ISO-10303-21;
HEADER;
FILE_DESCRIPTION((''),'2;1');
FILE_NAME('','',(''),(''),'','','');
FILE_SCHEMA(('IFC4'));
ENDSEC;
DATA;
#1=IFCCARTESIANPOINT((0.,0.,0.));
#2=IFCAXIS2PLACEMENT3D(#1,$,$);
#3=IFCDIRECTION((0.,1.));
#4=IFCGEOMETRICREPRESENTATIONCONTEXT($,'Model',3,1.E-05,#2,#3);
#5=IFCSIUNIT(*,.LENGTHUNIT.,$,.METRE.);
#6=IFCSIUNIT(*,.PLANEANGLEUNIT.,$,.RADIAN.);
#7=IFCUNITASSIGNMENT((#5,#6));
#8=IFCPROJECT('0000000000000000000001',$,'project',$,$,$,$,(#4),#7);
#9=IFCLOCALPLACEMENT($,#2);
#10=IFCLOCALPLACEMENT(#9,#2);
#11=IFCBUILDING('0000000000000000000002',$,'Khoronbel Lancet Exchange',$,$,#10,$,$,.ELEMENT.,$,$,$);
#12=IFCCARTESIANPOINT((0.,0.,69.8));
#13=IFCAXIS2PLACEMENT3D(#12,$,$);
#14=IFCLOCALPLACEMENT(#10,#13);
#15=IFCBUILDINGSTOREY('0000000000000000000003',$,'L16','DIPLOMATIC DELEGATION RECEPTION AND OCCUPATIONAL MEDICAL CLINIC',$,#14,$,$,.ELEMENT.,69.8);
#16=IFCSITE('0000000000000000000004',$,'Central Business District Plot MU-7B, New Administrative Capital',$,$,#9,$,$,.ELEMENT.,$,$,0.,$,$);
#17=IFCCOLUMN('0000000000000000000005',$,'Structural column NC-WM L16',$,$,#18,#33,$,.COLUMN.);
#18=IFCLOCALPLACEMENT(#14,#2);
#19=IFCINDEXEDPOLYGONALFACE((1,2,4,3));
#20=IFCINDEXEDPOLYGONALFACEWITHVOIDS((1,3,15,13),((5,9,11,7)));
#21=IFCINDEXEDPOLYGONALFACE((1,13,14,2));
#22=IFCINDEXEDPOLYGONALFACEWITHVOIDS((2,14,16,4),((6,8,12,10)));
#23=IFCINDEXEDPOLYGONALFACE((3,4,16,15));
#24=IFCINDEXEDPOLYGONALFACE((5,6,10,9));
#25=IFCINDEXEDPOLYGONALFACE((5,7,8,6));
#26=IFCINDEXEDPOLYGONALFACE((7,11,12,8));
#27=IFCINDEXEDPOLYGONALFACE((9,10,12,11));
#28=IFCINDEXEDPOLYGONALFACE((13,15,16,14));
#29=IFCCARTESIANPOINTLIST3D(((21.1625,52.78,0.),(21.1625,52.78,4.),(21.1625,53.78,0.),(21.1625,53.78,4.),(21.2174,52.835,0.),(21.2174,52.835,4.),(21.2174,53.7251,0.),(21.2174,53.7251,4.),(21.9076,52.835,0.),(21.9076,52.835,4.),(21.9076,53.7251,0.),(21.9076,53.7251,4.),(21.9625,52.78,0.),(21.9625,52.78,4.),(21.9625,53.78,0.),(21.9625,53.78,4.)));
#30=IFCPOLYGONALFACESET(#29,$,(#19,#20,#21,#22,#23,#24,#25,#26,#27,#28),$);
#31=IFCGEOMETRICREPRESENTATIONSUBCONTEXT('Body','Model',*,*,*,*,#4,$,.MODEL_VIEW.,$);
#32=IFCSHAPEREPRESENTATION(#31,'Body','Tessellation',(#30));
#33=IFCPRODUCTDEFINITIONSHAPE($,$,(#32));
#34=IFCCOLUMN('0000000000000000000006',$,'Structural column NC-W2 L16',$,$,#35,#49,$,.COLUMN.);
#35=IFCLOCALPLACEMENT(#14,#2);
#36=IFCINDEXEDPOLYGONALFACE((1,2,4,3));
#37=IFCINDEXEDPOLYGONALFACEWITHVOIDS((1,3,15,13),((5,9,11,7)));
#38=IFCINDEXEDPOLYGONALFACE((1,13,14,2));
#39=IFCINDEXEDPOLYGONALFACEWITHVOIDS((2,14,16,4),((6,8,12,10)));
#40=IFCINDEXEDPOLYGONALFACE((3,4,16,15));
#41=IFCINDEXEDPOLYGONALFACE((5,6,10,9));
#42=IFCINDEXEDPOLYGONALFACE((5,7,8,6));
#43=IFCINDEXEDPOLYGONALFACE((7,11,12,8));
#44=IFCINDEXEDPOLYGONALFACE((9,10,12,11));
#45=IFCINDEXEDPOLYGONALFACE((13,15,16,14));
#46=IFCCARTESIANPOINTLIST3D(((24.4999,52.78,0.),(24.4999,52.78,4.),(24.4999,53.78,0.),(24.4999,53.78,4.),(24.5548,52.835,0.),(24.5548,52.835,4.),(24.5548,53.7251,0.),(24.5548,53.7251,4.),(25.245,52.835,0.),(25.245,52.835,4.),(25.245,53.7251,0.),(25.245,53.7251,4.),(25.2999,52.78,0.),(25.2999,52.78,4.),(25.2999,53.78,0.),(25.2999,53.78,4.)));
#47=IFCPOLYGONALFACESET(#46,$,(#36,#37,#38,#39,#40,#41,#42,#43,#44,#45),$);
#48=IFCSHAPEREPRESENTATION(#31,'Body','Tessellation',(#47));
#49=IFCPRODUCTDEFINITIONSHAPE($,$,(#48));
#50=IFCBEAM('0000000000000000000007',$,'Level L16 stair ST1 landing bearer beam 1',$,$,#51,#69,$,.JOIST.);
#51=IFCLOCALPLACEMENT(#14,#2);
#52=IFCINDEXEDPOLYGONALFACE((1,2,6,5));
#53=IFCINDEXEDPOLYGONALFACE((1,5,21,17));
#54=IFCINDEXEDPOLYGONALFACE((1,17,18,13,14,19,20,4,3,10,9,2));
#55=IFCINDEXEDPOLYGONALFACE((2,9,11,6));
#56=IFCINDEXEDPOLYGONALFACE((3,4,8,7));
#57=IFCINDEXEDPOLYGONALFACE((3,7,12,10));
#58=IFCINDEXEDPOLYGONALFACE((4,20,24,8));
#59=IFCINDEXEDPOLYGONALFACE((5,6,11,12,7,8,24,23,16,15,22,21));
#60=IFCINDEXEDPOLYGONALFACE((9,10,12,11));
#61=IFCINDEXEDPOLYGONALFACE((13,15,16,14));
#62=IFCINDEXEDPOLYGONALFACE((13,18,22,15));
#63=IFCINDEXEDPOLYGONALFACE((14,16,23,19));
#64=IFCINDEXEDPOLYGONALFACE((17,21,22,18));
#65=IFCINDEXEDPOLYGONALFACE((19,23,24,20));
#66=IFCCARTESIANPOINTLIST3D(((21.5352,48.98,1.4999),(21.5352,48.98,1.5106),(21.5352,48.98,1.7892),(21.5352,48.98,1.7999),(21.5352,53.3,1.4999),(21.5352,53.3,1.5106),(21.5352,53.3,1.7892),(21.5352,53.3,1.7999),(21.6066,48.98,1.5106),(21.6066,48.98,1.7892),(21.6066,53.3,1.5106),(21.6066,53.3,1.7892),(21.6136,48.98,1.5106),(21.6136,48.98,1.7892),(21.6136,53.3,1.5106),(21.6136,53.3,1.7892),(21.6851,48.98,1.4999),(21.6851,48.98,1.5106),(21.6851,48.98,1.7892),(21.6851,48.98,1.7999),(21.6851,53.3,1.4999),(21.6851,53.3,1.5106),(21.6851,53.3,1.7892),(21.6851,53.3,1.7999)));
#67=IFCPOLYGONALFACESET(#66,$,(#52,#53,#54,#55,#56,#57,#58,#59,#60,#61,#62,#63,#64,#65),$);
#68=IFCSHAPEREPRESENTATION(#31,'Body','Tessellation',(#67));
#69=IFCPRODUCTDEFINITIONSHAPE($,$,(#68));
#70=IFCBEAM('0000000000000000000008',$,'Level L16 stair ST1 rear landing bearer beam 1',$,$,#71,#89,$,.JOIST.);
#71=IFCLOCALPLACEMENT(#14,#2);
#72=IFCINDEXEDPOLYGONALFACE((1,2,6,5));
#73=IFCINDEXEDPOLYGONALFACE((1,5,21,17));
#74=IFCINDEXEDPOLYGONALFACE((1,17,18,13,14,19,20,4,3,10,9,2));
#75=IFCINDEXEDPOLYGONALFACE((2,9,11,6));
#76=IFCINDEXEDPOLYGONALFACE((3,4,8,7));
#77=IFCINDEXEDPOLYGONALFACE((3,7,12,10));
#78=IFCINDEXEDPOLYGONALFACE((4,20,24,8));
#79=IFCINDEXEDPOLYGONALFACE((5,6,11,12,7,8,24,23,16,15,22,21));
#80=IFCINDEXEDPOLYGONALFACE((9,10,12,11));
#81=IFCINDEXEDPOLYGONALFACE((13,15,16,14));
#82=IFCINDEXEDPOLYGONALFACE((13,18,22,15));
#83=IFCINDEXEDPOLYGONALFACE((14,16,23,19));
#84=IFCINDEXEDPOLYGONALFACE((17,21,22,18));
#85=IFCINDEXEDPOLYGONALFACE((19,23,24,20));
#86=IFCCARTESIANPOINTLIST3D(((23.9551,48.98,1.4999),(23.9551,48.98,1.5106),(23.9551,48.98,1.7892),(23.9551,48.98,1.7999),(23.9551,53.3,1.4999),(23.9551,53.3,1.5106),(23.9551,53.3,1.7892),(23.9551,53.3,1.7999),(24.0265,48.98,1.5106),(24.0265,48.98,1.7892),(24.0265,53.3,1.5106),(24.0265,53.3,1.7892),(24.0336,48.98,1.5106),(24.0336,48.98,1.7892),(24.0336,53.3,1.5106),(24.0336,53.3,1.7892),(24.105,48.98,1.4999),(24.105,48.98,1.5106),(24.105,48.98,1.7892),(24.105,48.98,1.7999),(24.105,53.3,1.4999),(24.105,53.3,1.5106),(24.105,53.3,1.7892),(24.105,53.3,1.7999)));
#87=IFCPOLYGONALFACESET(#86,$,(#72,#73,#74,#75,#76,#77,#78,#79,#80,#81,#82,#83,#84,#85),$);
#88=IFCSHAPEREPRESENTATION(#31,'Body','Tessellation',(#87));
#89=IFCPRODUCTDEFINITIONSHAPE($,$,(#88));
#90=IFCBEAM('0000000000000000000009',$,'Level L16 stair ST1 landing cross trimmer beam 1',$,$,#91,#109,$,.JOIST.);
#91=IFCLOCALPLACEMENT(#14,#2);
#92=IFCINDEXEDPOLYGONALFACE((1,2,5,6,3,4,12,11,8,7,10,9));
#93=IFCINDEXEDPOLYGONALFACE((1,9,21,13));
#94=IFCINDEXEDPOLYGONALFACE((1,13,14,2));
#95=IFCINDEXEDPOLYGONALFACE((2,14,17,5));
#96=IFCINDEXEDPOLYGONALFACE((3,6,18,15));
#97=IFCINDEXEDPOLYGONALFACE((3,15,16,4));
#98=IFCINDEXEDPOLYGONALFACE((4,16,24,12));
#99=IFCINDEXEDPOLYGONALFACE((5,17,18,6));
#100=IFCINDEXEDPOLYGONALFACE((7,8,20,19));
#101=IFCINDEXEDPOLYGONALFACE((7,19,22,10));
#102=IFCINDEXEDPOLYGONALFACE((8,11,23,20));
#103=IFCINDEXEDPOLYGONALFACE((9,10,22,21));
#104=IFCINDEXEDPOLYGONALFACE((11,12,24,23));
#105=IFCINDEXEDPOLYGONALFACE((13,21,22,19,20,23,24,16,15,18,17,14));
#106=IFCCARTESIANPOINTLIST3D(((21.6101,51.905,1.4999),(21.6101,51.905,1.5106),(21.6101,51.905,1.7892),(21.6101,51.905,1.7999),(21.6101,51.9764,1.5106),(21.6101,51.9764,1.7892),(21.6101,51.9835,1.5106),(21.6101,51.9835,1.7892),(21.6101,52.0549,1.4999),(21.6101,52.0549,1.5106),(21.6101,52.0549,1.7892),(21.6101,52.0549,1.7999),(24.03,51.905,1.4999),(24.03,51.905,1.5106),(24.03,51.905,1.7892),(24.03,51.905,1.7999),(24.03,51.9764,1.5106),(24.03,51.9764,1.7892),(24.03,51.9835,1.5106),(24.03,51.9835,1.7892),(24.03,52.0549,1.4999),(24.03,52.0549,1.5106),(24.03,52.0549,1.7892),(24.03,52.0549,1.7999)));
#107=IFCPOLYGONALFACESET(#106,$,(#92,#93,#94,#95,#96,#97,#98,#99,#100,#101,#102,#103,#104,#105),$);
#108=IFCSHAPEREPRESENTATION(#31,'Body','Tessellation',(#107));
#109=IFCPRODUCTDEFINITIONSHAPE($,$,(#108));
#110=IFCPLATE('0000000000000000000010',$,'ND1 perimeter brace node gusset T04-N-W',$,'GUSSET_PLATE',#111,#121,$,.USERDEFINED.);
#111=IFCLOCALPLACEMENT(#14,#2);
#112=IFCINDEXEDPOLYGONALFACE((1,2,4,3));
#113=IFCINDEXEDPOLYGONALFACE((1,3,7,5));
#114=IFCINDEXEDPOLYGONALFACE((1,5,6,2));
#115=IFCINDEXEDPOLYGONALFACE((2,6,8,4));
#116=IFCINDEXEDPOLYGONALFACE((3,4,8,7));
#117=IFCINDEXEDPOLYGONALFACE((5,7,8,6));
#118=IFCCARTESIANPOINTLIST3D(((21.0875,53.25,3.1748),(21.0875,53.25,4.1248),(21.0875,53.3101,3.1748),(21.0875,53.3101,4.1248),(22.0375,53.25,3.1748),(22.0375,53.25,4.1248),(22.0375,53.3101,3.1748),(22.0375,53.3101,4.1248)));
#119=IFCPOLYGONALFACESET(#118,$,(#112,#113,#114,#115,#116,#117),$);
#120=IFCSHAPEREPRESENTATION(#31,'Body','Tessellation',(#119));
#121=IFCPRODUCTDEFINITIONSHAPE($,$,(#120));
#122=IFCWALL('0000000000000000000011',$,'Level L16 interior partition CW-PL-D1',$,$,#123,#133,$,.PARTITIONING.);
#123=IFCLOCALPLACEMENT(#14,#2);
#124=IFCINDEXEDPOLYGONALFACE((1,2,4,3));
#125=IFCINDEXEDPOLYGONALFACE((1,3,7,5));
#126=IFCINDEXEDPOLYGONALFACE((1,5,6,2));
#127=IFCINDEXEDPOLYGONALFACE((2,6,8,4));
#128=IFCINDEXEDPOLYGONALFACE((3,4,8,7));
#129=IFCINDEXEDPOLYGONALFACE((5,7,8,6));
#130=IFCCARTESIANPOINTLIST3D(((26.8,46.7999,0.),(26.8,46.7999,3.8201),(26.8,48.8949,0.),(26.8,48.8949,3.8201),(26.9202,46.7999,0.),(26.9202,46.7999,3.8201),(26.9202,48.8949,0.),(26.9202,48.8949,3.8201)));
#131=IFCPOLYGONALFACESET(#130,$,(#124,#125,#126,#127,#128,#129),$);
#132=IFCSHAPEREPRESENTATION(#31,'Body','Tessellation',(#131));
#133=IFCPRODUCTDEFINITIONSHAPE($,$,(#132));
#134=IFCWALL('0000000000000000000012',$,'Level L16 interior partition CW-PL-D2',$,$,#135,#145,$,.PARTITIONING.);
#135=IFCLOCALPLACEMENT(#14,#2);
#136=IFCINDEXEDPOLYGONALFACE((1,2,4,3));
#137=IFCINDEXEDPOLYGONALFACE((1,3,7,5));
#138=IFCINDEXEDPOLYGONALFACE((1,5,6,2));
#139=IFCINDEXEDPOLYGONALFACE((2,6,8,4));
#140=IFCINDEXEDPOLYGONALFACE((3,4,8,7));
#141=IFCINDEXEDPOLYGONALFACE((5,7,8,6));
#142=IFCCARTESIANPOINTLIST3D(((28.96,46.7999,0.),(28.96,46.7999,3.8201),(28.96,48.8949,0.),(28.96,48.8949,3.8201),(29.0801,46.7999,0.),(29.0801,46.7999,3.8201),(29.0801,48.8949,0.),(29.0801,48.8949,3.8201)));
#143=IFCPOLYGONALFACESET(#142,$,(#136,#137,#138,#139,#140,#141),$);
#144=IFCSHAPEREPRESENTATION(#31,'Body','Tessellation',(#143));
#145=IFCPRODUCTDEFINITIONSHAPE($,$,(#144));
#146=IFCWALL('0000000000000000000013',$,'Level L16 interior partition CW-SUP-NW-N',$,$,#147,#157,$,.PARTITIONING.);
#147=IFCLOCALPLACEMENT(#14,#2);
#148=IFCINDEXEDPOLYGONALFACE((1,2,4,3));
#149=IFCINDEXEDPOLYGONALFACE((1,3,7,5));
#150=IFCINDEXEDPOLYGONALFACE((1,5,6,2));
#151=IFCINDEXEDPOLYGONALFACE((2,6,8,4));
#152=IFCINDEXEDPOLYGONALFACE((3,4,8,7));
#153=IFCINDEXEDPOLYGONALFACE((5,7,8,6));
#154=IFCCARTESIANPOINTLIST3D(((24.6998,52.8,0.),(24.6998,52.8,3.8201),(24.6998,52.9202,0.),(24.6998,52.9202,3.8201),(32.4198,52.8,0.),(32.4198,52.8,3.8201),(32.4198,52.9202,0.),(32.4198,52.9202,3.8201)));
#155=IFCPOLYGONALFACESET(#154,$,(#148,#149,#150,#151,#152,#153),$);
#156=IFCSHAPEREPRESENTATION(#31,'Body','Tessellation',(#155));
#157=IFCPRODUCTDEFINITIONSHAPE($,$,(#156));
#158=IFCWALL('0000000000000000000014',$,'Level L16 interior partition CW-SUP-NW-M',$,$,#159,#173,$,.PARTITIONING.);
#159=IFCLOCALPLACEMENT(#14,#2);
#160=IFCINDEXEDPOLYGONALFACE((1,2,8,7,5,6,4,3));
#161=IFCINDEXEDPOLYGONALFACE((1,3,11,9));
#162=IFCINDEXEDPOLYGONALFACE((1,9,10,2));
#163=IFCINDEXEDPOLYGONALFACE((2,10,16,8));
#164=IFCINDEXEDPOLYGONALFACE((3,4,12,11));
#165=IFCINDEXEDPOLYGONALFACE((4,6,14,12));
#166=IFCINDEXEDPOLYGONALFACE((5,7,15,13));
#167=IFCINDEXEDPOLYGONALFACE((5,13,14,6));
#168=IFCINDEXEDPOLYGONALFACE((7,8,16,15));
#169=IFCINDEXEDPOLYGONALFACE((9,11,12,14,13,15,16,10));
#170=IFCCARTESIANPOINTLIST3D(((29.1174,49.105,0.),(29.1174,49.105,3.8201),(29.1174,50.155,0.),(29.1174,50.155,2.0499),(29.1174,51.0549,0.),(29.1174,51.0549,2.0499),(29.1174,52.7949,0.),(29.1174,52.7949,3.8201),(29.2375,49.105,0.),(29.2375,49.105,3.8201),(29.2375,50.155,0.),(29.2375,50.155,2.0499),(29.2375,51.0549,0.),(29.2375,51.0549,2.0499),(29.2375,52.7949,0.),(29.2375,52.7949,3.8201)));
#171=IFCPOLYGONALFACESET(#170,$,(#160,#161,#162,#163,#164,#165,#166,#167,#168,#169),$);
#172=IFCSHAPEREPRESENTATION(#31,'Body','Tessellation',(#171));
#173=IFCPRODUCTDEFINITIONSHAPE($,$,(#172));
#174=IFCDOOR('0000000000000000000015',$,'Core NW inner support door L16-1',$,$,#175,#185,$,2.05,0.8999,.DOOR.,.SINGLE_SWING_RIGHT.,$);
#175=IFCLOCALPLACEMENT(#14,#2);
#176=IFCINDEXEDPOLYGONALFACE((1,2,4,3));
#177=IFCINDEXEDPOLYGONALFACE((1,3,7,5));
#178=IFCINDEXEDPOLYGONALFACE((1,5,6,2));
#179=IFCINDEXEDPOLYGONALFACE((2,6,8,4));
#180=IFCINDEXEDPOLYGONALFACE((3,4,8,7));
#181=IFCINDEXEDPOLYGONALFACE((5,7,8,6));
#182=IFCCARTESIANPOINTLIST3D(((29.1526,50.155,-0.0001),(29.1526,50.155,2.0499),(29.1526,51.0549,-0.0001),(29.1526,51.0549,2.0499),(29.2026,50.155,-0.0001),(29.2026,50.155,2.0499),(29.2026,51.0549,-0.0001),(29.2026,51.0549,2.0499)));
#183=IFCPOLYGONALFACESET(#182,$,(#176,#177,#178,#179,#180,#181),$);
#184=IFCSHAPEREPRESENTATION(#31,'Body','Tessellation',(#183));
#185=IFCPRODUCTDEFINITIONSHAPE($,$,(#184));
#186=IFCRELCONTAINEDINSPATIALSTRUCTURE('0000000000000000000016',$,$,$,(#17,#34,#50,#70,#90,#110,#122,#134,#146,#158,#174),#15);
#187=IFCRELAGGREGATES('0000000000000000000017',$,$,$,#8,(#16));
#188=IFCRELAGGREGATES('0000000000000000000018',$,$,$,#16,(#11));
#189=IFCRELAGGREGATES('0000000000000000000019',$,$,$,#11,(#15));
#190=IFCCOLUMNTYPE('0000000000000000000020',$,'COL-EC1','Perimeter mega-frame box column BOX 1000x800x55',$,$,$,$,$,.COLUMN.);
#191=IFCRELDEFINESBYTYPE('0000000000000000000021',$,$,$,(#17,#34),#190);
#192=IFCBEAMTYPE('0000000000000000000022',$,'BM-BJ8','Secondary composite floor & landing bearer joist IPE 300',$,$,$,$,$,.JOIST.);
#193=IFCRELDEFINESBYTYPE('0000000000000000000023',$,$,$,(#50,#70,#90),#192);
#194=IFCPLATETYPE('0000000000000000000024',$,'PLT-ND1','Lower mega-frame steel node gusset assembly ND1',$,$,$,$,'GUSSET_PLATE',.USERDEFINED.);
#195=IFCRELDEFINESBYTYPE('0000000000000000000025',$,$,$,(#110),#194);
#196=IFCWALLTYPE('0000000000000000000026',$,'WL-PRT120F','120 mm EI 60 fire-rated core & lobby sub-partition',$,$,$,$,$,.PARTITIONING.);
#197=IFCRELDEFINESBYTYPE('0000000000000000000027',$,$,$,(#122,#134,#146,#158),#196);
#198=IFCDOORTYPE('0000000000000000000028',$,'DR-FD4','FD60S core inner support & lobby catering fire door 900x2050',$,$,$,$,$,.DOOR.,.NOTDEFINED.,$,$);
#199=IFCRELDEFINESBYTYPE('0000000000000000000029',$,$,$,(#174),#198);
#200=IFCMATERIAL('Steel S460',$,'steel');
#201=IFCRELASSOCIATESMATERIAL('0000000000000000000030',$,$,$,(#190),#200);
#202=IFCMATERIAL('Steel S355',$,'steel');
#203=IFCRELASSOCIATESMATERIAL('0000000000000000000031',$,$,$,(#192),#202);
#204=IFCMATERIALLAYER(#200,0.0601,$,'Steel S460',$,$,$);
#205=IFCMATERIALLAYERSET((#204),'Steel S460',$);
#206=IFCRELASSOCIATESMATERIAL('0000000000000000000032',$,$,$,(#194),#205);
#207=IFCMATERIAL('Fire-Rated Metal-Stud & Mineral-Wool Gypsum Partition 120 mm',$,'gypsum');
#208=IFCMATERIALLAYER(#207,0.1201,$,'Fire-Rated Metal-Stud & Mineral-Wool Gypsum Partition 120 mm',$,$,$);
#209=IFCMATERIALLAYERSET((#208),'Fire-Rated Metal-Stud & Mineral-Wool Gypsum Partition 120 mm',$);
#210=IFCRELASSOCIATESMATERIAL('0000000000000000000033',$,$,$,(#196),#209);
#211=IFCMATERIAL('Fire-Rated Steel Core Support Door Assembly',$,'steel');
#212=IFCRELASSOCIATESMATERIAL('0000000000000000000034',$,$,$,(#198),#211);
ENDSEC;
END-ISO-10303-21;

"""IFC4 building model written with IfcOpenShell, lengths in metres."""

from ifc_helpers import new_model, si_unit, direction, frame, frame_2d, origin, origin_2d, place, context, subcontext, project, spatial, rectangle, hollow_rectangle, i_section, extrude, material, layer, layer_set, material_profile, profile_set, type_object, element, fill, save


model = new_model("IFC4")

# Units and contexts
model_context = context("Model", 3, precision=1e-05, world=origin(), true_north=direction((0.0, 1.0)))
body_context = subcontext(model_context, "Body", "Model", "MODEL_VIEW")
ifc_project = project(units=[si_unit("LENGTHUNIT", "METRE"), si_unit("PLANEANGLEUNIT", "RADIAN")], contexts=[model_context])

# Site, building, storey
site_placement = place(None, origin())
site = spatial("IfcSite", under=ifc_project, at=site_placement, Name="Central Business District Plot MU-7B, New Administrative Capital", CompositionType="ELEMENT", RefElevation=0.0)
building_placement = place(site_placement, origin())
building = spatial("IfcBuilding", under=site, at=building_placement, Name="Khoronbel Lancet Exchange", CompositionType="ELEMENT")
storey_placement = place(building_placement, frame((0.0, 0.0, 69.8)))
storey = spatial("IfcBuildingStorey", under=building, at=storey_placement, Name="L16", Description="DIPLOMATIC DELEGATION RECEPTION AND OCCUPATIONAL MEDICAL CLINIC", CompositionType="ELEMENT", Elevation=69.8)

# Columns
ifc_material_1 = material(Name="Steel S460", Category="steel")
ifc_material_profile_1 = material_profile(ifc_material_1, hollow_rectangle(XDim=0.8, YDim=1.0, WallThickness=0.0549, at=origin_2d()), Name="BOX 1000x800x55")
ifc_profile_set_1 = profile_set([ifc_material_profile_1], Name="Steel S460")
column_type = type_object("IfcColumnType", Name="COL-EC1", Description="Perimeter mega-frame box column BOX 1000x800x55", PredefinedType="COLUMN", material=ifc_profile_set_1)
for number, where, z_axis, x_axis, name in (
    (1, (21.5625, 53.28, 0.0), (0.0, 0.0, 1.0), (1.0, 0.0, 0.0), "Structural column NC-WM L16"),
    (2, (24.8999, 53.28, 0.0), (0.0, 0.0, 1.0), (1.0, 0.0, 0.0), "Structural column NC-W2 L16"),
):
    element("IfcColumn", number, at=place(storey_placement, frame(where, z_axis=z_axis, x_axis=x_axis)), inside=storey, type_object=column_type, Name=name, PredefinedType="COLUMN", context=body_context, shape_type="SweptSolid", body=[
        extrude(hollow_rectangle(XDim=0.8, YDim=1.0, WallThickness=0.0549, at=origin_2d()), origin(), (0.0, 0.0, 1.0), 4.0),
    ])

# Beams
ifc_material_2 = material(Name="Steel S355", Category="steel")
ifc_material_profile_2 = material_profile(ifc_material_2, i_section(OverallWidth=0.1499, OverallDepth=0.3, WebThickness=0.0071, FlangeThickness=0.0107, at=origin_2d()), Name="IPE 300")
ifc_profile_set_2 = profile_set([ifc_material_profile_2], Name="Steel S355")
beam_type = type_object("IfcBeamType", Name="BM-BJ8", Description="Secondary composite floor & landing bearer joist IPE 300", PredefinedType="JOIST", material=ifc_profile_set_2)
for number, where, z_axis, x_axis, name in (
    (3, (21.6101, 48.98, 1.6499), (0.0, 1.0, 0.0), (-1.0, 0.0, 0.0), "Level L16 stair ST1 landing bearer beam 1"),
    (4, (24.03, 48.98, 1.6499), (0.0, 1.0, 0.0), (-1.0, 0.0, 0.0), "Level L16 stair ST1 rear landing bearer beam 1"),
):
    element("IfcBeam", number, at=place(storey_placement, frame(where, z_axis=z_axis, x_axis=x_axis)), inside=storey, type_object=beam_type, Name=name, PredefinedType="JOIST", context=body_context, shape_type="SweptSolid", body=[
        extrude(i_section(OverallWidth=0.1499, OverallDepth=0.3, WebThickness=0.0071, FlangeThickness=0.0107, at=origin_2d()), origin(), (0.0, 0.0, 1.0), 4.3201),
    ])
beam_placement = place(storey_placement, frame((21.6101, 51.98, 1.6499), z_axis=(1.0, 0.0, 0.0), x_axis=(0.0, 1.0, 0.0)))
element("IfcBeam", 5, at=beam_placement, inside=storey, type_object=beam_type, Name="Level L16 stair ST1 landing cross trimmer beam 1", PredefinedType="JOIST", context=body_context, shape_type="SweptSolid", body=[
    extrude(i_section(OverallWidth=0.1499, OverallDepth=0.3, WebThickness=0.0071, FlangeThickness=0.0107, at=origin_2d()), origin(), (0.0, 0.0, 1.0), 2.4199),
])

# Plate
ifc_layer_1 = layer(ifc_material_1, 0.0601, Name="Steel S460")
ifc_layer_set_1 = layer_set([ifc_layer_1], Name="Steel S460")
plate_type = type_object("IfcPlateType", Name="PLT-ND1", Description="Lower mega-frame steel node gusset assembly ND1", ElementType="GUSSET_PLATE", PredefinedType="USERDEFINED", material=ifc_layer_set_1)
plate_placement = place(storey_placement, frame((21.5625, 53.28, 3.1748), z_axis=(0.0, 0.0, 1.0), x_axis=(1.0, 0.0, 0.0)))
element("IfcPlate", 6, at=plate_placement, inside=storey, type_object=plate_type, Name="ND1 perimeter brace node gusset T04-N-W", ObjectType="GUSSET_PLATE", PredefinedType="USERDEFINED", context=body_context, shape_type="SweptSolid", body=[
    extrude(rectangle(XDim=0.95, YDim=0.0601, at=origin_2d()), origin(), (0.0, 0.0, 1.0), 0.95),
])

# Walls
ifc_material_3 = material(Name="Fire-Rated Metal-Stud & Mineral-Wool Gypsum Partition 120 mm", Category="gypsum")
ifc_layer_2 = layer(ifc_material_3, 0.1201, Name="Fire-Rated Metal-Stud & Mineral-Wool Gypsum Partition 120 mm")
ifc_layer_set_2 = layer_set([ifc_layer_2], Name="Fire-Rated Metal-Stud & Mineral-Wool Gypsum Partition 120 mm")
wall_type_1 = type_object("IfcWallType", Name="WL-PRT120F", Description="120 mm EI 60 fire-rated core & lobby sub-partition", PredefinedType="PARTITIONING", material=ifc_layer_set_2)
for number, where, z_axis, x_axis, name in (
    (7, (26.8601, 46.8, 0.0), (0.0, 0.0, 1.0), (0.0, 1.0, 0.0), "Level L16 interior partition CW-PL-D1"),
    (8, (29.02, 46.8, 0.0), (0.0, 0.0, 1.0), (0.0, 1.0, 0.0), "Level L16 interior partition CW-PL-D2"),
):
    element("IfcWall", number, at=place(storey_placement, frame(where, z_axis=z_axis, x_axis=x_axis)), inside=storey, type_object=wall_type_1, Name=name, PredefinedType="PARTITIONING", context=body_context, shape_type="SweptSolid", body=[
        extrude(rectangle(XDim=2.095, YDim=0.1201, at=frame_2d((1.0474, 0.0))), origin(), (0.0, 0.0, 1.0), 3.8201),
    ])
wall_1_placement = place(storey_placement, frame((24.7, 52.8601, 0.0), z_axis=(0.0, 0.0, 1.0), x_axis=(1.0, 0.0, 0.0)))
element("IfcWall", 9, at=wall_1_placement, inside=storey, type_object=wall_type_1, Name="Level L16 interior partition CW-SUP-NW-N", PredefinedType="PARTITIONING", context=body_context, shape_type="SweptSolid", body=[
    extrude(rectangle(XDim=7.72, YDim=0.1201, at=frame_2d((3.8599, 0.0))), origin(), (0.0, 0.0, 1.0), 3.8201),
])

# Wall, opening, door
wall_2_placement = place(storey_placement, frame((29.1775, 49.105, 0.0), z_axis=(0.0, 0.0, 1.0), x_axis=(0.0, 1.0, 0.0)))
wall_2 = element("IfcWall", 10, at=wall_2_placement, inside=storey, type_object=wall_type_1, Name="Level L16 interior partition CW-SUP-NW-M", PredefinedType="PARTITIONING", context=body_context, shape_type="SweptSolid", body=[
    extrude(rectangle(XDim=3.6899, YDim=0.1201, at=frame_2d((1.845, 0.0))), origin(), (0.0, 0.0, 1.0), 3.8201),
])
opening_1_placement = place(wall_2_placement, frame((1.05, 0.0, 0.0)))
opening_1 = element("IfcOpeningElement", 11, at=opening_1_placement, cuts=wall_2, PredefinedType="OPENING", context=body_context, shape_type="SweptSolid", body=[
    extrude(rectangle(XDim=0.8999, YDim=2.05, at=frame_2d((0.45, 1.0249))), frame((0.0, 0.0701, 0.0), z_axis=(0.0, -1.0, 0.0), x_axis=(1.0, 0.0, 0.0)), (0.0, 0.0, 1.0), 0.1401),
])
ifc_material_4 = material(Name="Fire-Rated Steel Core Support Door Assembly", Category="steel")
door_type_1 = type_object("IfcDoorType", Name="DR-FD4", Description="FD60S core inner support & lobby catering fire door 900x2050", OperationType="NOTDEFINED", PredefinedType="DOOR", material=ifc_material_4)
door_1_placement = place(opening_1_placement, origin())
door_1 = element("IfcDoor", 12, at=door_1_placement, inside=storey, type_object=door_type_1, Name="Core NW inner support door L16-1", OperationType="SINGLE_SWING_RIGHT", OverallHeight=2.05, OverallWidth=0.8999, PredefinedType="DOOR", context=body_context, shape_type="SweptSolid", body=[
    extrude(rectangle(XDim=0.8999, YDim=2.05, at=frame_2d((0.45, 1.0249))), frame((0.0, 0.0249, 0.0), z_axis=(0.0, -1.0, 0.0), x_axis=(1.0, 0.0, 0.0)), (0.0, 0.0, 1.0), 0.05),
])
fill(opening_1, door_1)

save(model, "model.ifc")
